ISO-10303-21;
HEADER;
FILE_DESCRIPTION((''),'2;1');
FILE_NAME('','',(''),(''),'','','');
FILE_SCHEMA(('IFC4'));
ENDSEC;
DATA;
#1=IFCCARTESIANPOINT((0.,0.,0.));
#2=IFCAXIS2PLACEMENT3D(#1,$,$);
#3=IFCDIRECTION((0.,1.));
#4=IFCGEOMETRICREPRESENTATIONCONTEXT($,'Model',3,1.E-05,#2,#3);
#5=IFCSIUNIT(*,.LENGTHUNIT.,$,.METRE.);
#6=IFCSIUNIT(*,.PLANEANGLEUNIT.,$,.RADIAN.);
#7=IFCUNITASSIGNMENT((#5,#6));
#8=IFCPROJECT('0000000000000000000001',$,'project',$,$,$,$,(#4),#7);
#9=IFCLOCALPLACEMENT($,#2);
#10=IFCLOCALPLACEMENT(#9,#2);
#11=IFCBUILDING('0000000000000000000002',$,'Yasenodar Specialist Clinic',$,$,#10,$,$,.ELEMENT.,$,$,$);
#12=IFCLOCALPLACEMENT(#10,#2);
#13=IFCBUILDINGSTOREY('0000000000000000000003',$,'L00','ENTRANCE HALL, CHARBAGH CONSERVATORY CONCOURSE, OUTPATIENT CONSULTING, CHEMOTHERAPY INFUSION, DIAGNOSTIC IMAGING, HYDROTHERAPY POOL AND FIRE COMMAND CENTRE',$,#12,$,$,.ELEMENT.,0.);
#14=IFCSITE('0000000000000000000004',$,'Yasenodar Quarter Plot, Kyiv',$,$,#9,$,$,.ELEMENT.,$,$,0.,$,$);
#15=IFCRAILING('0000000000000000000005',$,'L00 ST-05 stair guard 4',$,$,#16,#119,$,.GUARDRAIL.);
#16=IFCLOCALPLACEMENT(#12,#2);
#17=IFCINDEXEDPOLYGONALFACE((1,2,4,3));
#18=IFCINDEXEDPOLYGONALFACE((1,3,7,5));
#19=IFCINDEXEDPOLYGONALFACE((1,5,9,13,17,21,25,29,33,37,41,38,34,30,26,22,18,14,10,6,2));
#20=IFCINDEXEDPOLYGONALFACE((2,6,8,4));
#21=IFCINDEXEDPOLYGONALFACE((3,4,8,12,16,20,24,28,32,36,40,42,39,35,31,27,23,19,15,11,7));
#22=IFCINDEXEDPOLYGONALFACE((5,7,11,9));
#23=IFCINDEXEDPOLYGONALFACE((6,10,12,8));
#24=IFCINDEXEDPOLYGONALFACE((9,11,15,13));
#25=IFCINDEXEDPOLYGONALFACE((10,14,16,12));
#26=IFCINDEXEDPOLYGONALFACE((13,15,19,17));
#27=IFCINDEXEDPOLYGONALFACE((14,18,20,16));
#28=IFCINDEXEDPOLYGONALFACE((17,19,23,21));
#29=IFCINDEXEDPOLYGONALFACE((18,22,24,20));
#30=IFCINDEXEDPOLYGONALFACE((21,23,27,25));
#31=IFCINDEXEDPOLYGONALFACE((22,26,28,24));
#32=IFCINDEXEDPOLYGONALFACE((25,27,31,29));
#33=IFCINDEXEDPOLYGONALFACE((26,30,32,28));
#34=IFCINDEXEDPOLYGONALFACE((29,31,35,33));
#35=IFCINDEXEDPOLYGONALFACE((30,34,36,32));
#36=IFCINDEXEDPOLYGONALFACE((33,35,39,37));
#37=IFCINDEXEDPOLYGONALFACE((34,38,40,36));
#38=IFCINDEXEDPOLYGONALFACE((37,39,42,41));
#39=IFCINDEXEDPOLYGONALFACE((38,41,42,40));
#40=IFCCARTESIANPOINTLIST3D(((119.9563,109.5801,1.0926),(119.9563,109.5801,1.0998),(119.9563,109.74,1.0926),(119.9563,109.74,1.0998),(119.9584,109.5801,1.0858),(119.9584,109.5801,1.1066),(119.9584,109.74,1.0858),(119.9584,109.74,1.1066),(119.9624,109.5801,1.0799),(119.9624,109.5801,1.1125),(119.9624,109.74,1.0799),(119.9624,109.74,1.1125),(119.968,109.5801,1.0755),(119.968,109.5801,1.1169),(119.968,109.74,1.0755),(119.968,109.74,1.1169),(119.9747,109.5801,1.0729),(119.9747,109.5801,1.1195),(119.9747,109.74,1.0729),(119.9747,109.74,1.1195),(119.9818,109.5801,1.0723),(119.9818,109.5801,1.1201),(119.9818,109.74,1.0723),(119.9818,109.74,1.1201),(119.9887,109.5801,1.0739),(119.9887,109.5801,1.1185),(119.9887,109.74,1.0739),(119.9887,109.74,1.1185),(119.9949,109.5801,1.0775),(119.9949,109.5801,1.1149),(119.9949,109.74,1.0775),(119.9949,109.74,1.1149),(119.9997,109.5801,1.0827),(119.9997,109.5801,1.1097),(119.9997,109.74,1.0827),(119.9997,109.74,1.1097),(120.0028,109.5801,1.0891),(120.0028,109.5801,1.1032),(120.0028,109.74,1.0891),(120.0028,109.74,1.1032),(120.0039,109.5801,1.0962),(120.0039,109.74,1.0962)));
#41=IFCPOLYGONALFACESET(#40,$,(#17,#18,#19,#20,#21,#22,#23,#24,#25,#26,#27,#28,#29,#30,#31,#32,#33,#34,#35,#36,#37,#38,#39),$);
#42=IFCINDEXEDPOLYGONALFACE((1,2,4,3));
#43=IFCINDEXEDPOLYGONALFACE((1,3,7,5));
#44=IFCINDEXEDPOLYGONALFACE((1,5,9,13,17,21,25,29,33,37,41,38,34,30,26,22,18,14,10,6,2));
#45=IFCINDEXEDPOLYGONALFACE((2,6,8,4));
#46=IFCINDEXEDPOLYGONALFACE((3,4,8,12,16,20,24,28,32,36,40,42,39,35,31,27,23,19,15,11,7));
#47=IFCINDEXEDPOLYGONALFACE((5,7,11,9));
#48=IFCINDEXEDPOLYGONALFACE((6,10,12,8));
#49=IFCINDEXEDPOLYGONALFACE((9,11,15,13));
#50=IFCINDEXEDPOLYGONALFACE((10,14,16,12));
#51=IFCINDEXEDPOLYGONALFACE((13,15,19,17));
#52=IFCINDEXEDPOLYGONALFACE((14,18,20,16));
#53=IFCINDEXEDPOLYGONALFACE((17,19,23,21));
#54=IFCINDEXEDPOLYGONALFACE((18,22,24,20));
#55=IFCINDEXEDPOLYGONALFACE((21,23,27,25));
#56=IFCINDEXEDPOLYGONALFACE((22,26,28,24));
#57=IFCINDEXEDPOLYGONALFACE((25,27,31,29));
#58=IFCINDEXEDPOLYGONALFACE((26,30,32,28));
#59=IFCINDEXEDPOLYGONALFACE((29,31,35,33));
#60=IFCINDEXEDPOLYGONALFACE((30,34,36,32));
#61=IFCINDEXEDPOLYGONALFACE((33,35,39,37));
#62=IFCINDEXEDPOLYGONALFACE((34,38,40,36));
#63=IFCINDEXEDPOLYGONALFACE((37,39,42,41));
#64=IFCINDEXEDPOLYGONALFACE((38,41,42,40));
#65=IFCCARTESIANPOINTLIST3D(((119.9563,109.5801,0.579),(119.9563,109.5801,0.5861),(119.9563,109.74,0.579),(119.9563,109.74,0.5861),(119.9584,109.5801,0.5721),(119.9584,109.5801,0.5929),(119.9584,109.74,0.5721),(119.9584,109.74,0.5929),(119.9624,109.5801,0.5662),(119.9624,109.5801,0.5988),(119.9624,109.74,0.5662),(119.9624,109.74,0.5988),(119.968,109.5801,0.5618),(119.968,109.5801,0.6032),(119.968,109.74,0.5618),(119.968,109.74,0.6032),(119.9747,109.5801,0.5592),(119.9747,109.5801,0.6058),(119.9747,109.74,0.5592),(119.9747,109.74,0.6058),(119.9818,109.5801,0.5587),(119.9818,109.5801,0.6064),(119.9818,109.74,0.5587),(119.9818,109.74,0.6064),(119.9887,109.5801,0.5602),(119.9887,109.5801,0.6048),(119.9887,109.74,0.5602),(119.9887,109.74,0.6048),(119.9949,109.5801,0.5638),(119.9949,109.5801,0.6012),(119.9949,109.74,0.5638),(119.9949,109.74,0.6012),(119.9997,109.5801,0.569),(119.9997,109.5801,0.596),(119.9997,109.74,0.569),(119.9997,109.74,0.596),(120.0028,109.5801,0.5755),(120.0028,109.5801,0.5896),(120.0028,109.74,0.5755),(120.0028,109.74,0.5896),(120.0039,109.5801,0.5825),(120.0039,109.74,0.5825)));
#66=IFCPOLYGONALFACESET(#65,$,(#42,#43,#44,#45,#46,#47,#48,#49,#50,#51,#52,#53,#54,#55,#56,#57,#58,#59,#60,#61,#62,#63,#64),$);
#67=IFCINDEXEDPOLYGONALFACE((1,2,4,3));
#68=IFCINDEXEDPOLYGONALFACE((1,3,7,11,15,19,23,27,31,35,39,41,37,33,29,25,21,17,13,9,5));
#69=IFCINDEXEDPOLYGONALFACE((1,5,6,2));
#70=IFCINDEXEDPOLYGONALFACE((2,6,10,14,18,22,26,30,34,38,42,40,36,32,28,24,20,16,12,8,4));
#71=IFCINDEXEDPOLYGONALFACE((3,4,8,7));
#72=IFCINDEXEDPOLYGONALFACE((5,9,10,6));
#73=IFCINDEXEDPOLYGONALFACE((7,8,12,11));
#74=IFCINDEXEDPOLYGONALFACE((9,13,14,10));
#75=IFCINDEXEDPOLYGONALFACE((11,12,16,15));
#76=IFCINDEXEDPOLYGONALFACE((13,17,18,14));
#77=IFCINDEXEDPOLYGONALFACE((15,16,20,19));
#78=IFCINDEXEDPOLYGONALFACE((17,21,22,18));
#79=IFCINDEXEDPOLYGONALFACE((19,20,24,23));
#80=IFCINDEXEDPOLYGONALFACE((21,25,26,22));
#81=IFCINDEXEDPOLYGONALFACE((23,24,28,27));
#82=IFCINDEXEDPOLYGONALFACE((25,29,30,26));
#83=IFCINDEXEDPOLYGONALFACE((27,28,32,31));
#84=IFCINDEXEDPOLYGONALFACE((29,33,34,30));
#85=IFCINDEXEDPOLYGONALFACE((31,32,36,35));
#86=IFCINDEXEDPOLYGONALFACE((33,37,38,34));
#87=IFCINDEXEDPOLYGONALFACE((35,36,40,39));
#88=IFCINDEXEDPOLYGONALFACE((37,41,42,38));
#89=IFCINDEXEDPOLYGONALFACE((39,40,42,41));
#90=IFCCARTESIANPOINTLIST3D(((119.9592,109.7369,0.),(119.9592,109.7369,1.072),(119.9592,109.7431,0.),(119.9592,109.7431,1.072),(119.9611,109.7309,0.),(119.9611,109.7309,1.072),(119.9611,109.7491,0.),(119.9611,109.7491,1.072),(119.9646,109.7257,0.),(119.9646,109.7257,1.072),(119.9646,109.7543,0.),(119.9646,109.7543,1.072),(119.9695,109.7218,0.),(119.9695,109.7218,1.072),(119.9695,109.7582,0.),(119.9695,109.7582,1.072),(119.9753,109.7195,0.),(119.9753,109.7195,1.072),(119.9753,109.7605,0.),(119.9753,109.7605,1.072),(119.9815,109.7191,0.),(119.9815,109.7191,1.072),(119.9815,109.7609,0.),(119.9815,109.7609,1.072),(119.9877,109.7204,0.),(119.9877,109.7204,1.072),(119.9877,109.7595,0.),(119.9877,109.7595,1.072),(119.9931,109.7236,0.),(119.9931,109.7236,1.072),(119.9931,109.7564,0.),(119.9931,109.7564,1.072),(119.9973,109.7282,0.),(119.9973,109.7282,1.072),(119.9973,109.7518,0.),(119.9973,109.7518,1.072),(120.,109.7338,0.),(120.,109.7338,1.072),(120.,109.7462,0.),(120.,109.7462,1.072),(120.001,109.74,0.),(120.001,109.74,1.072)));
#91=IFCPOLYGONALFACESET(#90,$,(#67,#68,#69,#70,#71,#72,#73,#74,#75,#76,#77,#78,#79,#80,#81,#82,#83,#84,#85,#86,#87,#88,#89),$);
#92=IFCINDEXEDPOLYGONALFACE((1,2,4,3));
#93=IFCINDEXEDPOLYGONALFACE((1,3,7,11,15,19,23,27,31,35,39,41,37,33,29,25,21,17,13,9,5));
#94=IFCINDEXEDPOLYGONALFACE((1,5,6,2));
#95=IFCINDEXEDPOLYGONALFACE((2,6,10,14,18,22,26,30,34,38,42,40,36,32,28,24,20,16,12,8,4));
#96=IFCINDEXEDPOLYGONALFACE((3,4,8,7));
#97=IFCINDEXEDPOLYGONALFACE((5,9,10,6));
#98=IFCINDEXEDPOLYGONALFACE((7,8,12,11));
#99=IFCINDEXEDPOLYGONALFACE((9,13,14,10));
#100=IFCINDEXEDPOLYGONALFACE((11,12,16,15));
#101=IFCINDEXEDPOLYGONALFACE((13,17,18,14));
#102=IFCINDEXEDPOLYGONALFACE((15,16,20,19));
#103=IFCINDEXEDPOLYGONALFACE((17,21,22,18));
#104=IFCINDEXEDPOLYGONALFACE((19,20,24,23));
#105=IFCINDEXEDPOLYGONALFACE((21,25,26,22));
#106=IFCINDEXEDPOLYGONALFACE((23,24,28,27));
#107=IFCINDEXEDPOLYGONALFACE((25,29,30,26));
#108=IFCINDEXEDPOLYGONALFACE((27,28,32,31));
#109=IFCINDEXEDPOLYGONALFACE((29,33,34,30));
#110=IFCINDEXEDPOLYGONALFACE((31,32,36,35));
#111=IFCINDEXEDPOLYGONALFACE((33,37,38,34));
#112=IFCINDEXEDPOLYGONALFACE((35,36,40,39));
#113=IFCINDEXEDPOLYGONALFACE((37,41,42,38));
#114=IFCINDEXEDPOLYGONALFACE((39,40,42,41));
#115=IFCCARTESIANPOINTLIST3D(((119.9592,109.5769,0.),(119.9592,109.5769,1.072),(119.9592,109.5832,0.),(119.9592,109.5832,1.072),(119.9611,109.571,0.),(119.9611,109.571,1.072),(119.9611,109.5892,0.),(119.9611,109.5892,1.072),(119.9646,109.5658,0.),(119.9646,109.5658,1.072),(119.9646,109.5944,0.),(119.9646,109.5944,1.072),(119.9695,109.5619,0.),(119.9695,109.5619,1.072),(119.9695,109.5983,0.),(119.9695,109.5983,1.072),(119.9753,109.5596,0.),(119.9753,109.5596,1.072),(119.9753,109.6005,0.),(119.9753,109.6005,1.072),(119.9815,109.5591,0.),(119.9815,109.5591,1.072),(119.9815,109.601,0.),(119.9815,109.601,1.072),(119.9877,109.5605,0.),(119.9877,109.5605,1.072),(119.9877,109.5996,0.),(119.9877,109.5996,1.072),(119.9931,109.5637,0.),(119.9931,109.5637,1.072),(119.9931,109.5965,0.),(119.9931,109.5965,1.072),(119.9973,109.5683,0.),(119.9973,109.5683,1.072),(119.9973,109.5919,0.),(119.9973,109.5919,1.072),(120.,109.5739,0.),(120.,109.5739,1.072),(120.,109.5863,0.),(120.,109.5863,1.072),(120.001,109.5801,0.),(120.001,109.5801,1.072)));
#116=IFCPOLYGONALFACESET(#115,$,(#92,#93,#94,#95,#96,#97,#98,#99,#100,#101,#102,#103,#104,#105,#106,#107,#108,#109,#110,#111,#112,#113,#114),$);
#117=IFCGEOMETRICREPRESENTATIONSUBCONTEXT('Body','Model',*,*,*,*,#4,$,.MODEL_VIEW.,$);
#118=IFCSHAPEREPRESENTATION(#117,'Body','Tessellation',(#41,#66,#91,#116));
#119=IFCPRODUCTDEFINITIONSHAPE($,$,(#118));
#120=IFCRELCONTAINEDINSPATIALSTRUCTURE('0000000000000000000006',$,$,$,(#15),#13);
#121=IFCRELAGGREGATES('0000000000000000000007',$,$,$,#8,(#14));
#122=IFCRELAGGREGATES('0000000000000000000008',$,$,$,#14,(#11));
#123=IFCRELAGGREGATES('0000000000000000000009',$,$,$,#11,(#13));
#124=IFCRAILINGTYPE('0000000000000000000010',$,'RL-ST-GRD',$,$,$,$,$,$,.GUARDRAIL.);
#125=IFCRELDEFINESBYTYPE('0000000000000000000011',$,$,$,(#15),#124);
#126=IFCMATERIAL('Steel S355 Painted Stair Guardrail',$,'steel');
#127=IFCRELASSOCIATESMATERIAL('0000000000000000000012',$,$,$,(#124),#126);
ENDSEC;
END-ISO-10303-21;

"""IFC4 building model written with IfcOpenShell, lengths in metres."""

from ifc_helpers import new_model, si_unit, direction, frame, origin, origin_2d, place, context, subcontext, project, spatial, circle, extrude, material, type_object, element, save


model = new_model("IFC4")

# Units and contexts
model_context = context("Model", 3, precision=1e-05, world=origin(), true_north=direction((0.0, 1.0)))
body_context = subcontext(model_context, "Body", "Model", "MODEL_VIEW")
ifc_project = project(units=[si_unit("LENGTHUNIT", "METRE"), si_unit("PLANEANGLEUNIT", "RADIAN")], contexts=[model_context])

# Site, building, storey
site_placement = place(None, origin())
site = spatial("IfcSite", under=ifc_project, at=site_placement, Name="Yasenodar Quarter Plot, Kyiv", CompositionType="ELEMENT", RefElevation=0.0)
building_placement = place(site_placement, origin())
building = spatial("IfcBuilding", under=site, at=building_placement, Name="Yasenodar Specialist Clinic", CompositionType="ELEMENT")
storey_placement = place(building_placement, origin())
storey = spatial("IfcBuildingStorey", under=building, at=storey_placement, Name="L00", Description="ENTRANCE HALL, CHARBAGH CONSERVATORY CONCOURSE, OUTPATIENT CONSULTING, CHEMOTHERAPY INFUSION, DIAGNOSTIC IMAGING, HYDROTHERAPY POOL AND FIRE COMMAND CENTRE", CompositionType="ELEMENT", Elevation=0.0)

# Railing
ifc_material_1 = material(Name="Steel S355 Painted Stair Guardrail", Category="steel")
railing_type_1 = type_object("IfcRailingType", Name="RL-ST-GRD", PredefinedType="GUARDRAIL", material=ifc_material_1)
railing_1_placement = place(storey_placement, frame((119.98, 109.74, 0.0)))
element("IfcRailing", 1, at=railing_1_placement, inside=storey, type_object=railing_type_1, Name="L00 ST-05 stair guard 4", PredefinedType="GUARDRAIL", context=body_context, shape_type="SweptSolid", body=[
    extrude(circle(Radius=0.0239, at=origin_2d()), frame((0.0, 0.0, 1.0962), z_axis=(0.0, -1.0, 0.0), x_axis=(1.0, 0.0, 0.0)), (0.0, 0.0, 1.0), 0.1599),
    extrude(circle(Radius=0.0239, at=origin_2d()), frame((0.0, 0.0, 0.5825), z_axis=(0.0, -1.0, 0.0), x_axis=(1.0, 0.0, 0.0)), (0.0, 0.0, 1.0), 0.1599),
    extrude(circle(Radius=0.021, at=origin_2d()), origin(), (0.0, 0.0, 1.0), 1.072),
    extrude(circle(Radius=0.021, at=origin_2d()), frame((0.0, -0.1599, 0.0)), (0.0, 0.0, 1.0), 1.072),
])

save(model, "model.ifc")
